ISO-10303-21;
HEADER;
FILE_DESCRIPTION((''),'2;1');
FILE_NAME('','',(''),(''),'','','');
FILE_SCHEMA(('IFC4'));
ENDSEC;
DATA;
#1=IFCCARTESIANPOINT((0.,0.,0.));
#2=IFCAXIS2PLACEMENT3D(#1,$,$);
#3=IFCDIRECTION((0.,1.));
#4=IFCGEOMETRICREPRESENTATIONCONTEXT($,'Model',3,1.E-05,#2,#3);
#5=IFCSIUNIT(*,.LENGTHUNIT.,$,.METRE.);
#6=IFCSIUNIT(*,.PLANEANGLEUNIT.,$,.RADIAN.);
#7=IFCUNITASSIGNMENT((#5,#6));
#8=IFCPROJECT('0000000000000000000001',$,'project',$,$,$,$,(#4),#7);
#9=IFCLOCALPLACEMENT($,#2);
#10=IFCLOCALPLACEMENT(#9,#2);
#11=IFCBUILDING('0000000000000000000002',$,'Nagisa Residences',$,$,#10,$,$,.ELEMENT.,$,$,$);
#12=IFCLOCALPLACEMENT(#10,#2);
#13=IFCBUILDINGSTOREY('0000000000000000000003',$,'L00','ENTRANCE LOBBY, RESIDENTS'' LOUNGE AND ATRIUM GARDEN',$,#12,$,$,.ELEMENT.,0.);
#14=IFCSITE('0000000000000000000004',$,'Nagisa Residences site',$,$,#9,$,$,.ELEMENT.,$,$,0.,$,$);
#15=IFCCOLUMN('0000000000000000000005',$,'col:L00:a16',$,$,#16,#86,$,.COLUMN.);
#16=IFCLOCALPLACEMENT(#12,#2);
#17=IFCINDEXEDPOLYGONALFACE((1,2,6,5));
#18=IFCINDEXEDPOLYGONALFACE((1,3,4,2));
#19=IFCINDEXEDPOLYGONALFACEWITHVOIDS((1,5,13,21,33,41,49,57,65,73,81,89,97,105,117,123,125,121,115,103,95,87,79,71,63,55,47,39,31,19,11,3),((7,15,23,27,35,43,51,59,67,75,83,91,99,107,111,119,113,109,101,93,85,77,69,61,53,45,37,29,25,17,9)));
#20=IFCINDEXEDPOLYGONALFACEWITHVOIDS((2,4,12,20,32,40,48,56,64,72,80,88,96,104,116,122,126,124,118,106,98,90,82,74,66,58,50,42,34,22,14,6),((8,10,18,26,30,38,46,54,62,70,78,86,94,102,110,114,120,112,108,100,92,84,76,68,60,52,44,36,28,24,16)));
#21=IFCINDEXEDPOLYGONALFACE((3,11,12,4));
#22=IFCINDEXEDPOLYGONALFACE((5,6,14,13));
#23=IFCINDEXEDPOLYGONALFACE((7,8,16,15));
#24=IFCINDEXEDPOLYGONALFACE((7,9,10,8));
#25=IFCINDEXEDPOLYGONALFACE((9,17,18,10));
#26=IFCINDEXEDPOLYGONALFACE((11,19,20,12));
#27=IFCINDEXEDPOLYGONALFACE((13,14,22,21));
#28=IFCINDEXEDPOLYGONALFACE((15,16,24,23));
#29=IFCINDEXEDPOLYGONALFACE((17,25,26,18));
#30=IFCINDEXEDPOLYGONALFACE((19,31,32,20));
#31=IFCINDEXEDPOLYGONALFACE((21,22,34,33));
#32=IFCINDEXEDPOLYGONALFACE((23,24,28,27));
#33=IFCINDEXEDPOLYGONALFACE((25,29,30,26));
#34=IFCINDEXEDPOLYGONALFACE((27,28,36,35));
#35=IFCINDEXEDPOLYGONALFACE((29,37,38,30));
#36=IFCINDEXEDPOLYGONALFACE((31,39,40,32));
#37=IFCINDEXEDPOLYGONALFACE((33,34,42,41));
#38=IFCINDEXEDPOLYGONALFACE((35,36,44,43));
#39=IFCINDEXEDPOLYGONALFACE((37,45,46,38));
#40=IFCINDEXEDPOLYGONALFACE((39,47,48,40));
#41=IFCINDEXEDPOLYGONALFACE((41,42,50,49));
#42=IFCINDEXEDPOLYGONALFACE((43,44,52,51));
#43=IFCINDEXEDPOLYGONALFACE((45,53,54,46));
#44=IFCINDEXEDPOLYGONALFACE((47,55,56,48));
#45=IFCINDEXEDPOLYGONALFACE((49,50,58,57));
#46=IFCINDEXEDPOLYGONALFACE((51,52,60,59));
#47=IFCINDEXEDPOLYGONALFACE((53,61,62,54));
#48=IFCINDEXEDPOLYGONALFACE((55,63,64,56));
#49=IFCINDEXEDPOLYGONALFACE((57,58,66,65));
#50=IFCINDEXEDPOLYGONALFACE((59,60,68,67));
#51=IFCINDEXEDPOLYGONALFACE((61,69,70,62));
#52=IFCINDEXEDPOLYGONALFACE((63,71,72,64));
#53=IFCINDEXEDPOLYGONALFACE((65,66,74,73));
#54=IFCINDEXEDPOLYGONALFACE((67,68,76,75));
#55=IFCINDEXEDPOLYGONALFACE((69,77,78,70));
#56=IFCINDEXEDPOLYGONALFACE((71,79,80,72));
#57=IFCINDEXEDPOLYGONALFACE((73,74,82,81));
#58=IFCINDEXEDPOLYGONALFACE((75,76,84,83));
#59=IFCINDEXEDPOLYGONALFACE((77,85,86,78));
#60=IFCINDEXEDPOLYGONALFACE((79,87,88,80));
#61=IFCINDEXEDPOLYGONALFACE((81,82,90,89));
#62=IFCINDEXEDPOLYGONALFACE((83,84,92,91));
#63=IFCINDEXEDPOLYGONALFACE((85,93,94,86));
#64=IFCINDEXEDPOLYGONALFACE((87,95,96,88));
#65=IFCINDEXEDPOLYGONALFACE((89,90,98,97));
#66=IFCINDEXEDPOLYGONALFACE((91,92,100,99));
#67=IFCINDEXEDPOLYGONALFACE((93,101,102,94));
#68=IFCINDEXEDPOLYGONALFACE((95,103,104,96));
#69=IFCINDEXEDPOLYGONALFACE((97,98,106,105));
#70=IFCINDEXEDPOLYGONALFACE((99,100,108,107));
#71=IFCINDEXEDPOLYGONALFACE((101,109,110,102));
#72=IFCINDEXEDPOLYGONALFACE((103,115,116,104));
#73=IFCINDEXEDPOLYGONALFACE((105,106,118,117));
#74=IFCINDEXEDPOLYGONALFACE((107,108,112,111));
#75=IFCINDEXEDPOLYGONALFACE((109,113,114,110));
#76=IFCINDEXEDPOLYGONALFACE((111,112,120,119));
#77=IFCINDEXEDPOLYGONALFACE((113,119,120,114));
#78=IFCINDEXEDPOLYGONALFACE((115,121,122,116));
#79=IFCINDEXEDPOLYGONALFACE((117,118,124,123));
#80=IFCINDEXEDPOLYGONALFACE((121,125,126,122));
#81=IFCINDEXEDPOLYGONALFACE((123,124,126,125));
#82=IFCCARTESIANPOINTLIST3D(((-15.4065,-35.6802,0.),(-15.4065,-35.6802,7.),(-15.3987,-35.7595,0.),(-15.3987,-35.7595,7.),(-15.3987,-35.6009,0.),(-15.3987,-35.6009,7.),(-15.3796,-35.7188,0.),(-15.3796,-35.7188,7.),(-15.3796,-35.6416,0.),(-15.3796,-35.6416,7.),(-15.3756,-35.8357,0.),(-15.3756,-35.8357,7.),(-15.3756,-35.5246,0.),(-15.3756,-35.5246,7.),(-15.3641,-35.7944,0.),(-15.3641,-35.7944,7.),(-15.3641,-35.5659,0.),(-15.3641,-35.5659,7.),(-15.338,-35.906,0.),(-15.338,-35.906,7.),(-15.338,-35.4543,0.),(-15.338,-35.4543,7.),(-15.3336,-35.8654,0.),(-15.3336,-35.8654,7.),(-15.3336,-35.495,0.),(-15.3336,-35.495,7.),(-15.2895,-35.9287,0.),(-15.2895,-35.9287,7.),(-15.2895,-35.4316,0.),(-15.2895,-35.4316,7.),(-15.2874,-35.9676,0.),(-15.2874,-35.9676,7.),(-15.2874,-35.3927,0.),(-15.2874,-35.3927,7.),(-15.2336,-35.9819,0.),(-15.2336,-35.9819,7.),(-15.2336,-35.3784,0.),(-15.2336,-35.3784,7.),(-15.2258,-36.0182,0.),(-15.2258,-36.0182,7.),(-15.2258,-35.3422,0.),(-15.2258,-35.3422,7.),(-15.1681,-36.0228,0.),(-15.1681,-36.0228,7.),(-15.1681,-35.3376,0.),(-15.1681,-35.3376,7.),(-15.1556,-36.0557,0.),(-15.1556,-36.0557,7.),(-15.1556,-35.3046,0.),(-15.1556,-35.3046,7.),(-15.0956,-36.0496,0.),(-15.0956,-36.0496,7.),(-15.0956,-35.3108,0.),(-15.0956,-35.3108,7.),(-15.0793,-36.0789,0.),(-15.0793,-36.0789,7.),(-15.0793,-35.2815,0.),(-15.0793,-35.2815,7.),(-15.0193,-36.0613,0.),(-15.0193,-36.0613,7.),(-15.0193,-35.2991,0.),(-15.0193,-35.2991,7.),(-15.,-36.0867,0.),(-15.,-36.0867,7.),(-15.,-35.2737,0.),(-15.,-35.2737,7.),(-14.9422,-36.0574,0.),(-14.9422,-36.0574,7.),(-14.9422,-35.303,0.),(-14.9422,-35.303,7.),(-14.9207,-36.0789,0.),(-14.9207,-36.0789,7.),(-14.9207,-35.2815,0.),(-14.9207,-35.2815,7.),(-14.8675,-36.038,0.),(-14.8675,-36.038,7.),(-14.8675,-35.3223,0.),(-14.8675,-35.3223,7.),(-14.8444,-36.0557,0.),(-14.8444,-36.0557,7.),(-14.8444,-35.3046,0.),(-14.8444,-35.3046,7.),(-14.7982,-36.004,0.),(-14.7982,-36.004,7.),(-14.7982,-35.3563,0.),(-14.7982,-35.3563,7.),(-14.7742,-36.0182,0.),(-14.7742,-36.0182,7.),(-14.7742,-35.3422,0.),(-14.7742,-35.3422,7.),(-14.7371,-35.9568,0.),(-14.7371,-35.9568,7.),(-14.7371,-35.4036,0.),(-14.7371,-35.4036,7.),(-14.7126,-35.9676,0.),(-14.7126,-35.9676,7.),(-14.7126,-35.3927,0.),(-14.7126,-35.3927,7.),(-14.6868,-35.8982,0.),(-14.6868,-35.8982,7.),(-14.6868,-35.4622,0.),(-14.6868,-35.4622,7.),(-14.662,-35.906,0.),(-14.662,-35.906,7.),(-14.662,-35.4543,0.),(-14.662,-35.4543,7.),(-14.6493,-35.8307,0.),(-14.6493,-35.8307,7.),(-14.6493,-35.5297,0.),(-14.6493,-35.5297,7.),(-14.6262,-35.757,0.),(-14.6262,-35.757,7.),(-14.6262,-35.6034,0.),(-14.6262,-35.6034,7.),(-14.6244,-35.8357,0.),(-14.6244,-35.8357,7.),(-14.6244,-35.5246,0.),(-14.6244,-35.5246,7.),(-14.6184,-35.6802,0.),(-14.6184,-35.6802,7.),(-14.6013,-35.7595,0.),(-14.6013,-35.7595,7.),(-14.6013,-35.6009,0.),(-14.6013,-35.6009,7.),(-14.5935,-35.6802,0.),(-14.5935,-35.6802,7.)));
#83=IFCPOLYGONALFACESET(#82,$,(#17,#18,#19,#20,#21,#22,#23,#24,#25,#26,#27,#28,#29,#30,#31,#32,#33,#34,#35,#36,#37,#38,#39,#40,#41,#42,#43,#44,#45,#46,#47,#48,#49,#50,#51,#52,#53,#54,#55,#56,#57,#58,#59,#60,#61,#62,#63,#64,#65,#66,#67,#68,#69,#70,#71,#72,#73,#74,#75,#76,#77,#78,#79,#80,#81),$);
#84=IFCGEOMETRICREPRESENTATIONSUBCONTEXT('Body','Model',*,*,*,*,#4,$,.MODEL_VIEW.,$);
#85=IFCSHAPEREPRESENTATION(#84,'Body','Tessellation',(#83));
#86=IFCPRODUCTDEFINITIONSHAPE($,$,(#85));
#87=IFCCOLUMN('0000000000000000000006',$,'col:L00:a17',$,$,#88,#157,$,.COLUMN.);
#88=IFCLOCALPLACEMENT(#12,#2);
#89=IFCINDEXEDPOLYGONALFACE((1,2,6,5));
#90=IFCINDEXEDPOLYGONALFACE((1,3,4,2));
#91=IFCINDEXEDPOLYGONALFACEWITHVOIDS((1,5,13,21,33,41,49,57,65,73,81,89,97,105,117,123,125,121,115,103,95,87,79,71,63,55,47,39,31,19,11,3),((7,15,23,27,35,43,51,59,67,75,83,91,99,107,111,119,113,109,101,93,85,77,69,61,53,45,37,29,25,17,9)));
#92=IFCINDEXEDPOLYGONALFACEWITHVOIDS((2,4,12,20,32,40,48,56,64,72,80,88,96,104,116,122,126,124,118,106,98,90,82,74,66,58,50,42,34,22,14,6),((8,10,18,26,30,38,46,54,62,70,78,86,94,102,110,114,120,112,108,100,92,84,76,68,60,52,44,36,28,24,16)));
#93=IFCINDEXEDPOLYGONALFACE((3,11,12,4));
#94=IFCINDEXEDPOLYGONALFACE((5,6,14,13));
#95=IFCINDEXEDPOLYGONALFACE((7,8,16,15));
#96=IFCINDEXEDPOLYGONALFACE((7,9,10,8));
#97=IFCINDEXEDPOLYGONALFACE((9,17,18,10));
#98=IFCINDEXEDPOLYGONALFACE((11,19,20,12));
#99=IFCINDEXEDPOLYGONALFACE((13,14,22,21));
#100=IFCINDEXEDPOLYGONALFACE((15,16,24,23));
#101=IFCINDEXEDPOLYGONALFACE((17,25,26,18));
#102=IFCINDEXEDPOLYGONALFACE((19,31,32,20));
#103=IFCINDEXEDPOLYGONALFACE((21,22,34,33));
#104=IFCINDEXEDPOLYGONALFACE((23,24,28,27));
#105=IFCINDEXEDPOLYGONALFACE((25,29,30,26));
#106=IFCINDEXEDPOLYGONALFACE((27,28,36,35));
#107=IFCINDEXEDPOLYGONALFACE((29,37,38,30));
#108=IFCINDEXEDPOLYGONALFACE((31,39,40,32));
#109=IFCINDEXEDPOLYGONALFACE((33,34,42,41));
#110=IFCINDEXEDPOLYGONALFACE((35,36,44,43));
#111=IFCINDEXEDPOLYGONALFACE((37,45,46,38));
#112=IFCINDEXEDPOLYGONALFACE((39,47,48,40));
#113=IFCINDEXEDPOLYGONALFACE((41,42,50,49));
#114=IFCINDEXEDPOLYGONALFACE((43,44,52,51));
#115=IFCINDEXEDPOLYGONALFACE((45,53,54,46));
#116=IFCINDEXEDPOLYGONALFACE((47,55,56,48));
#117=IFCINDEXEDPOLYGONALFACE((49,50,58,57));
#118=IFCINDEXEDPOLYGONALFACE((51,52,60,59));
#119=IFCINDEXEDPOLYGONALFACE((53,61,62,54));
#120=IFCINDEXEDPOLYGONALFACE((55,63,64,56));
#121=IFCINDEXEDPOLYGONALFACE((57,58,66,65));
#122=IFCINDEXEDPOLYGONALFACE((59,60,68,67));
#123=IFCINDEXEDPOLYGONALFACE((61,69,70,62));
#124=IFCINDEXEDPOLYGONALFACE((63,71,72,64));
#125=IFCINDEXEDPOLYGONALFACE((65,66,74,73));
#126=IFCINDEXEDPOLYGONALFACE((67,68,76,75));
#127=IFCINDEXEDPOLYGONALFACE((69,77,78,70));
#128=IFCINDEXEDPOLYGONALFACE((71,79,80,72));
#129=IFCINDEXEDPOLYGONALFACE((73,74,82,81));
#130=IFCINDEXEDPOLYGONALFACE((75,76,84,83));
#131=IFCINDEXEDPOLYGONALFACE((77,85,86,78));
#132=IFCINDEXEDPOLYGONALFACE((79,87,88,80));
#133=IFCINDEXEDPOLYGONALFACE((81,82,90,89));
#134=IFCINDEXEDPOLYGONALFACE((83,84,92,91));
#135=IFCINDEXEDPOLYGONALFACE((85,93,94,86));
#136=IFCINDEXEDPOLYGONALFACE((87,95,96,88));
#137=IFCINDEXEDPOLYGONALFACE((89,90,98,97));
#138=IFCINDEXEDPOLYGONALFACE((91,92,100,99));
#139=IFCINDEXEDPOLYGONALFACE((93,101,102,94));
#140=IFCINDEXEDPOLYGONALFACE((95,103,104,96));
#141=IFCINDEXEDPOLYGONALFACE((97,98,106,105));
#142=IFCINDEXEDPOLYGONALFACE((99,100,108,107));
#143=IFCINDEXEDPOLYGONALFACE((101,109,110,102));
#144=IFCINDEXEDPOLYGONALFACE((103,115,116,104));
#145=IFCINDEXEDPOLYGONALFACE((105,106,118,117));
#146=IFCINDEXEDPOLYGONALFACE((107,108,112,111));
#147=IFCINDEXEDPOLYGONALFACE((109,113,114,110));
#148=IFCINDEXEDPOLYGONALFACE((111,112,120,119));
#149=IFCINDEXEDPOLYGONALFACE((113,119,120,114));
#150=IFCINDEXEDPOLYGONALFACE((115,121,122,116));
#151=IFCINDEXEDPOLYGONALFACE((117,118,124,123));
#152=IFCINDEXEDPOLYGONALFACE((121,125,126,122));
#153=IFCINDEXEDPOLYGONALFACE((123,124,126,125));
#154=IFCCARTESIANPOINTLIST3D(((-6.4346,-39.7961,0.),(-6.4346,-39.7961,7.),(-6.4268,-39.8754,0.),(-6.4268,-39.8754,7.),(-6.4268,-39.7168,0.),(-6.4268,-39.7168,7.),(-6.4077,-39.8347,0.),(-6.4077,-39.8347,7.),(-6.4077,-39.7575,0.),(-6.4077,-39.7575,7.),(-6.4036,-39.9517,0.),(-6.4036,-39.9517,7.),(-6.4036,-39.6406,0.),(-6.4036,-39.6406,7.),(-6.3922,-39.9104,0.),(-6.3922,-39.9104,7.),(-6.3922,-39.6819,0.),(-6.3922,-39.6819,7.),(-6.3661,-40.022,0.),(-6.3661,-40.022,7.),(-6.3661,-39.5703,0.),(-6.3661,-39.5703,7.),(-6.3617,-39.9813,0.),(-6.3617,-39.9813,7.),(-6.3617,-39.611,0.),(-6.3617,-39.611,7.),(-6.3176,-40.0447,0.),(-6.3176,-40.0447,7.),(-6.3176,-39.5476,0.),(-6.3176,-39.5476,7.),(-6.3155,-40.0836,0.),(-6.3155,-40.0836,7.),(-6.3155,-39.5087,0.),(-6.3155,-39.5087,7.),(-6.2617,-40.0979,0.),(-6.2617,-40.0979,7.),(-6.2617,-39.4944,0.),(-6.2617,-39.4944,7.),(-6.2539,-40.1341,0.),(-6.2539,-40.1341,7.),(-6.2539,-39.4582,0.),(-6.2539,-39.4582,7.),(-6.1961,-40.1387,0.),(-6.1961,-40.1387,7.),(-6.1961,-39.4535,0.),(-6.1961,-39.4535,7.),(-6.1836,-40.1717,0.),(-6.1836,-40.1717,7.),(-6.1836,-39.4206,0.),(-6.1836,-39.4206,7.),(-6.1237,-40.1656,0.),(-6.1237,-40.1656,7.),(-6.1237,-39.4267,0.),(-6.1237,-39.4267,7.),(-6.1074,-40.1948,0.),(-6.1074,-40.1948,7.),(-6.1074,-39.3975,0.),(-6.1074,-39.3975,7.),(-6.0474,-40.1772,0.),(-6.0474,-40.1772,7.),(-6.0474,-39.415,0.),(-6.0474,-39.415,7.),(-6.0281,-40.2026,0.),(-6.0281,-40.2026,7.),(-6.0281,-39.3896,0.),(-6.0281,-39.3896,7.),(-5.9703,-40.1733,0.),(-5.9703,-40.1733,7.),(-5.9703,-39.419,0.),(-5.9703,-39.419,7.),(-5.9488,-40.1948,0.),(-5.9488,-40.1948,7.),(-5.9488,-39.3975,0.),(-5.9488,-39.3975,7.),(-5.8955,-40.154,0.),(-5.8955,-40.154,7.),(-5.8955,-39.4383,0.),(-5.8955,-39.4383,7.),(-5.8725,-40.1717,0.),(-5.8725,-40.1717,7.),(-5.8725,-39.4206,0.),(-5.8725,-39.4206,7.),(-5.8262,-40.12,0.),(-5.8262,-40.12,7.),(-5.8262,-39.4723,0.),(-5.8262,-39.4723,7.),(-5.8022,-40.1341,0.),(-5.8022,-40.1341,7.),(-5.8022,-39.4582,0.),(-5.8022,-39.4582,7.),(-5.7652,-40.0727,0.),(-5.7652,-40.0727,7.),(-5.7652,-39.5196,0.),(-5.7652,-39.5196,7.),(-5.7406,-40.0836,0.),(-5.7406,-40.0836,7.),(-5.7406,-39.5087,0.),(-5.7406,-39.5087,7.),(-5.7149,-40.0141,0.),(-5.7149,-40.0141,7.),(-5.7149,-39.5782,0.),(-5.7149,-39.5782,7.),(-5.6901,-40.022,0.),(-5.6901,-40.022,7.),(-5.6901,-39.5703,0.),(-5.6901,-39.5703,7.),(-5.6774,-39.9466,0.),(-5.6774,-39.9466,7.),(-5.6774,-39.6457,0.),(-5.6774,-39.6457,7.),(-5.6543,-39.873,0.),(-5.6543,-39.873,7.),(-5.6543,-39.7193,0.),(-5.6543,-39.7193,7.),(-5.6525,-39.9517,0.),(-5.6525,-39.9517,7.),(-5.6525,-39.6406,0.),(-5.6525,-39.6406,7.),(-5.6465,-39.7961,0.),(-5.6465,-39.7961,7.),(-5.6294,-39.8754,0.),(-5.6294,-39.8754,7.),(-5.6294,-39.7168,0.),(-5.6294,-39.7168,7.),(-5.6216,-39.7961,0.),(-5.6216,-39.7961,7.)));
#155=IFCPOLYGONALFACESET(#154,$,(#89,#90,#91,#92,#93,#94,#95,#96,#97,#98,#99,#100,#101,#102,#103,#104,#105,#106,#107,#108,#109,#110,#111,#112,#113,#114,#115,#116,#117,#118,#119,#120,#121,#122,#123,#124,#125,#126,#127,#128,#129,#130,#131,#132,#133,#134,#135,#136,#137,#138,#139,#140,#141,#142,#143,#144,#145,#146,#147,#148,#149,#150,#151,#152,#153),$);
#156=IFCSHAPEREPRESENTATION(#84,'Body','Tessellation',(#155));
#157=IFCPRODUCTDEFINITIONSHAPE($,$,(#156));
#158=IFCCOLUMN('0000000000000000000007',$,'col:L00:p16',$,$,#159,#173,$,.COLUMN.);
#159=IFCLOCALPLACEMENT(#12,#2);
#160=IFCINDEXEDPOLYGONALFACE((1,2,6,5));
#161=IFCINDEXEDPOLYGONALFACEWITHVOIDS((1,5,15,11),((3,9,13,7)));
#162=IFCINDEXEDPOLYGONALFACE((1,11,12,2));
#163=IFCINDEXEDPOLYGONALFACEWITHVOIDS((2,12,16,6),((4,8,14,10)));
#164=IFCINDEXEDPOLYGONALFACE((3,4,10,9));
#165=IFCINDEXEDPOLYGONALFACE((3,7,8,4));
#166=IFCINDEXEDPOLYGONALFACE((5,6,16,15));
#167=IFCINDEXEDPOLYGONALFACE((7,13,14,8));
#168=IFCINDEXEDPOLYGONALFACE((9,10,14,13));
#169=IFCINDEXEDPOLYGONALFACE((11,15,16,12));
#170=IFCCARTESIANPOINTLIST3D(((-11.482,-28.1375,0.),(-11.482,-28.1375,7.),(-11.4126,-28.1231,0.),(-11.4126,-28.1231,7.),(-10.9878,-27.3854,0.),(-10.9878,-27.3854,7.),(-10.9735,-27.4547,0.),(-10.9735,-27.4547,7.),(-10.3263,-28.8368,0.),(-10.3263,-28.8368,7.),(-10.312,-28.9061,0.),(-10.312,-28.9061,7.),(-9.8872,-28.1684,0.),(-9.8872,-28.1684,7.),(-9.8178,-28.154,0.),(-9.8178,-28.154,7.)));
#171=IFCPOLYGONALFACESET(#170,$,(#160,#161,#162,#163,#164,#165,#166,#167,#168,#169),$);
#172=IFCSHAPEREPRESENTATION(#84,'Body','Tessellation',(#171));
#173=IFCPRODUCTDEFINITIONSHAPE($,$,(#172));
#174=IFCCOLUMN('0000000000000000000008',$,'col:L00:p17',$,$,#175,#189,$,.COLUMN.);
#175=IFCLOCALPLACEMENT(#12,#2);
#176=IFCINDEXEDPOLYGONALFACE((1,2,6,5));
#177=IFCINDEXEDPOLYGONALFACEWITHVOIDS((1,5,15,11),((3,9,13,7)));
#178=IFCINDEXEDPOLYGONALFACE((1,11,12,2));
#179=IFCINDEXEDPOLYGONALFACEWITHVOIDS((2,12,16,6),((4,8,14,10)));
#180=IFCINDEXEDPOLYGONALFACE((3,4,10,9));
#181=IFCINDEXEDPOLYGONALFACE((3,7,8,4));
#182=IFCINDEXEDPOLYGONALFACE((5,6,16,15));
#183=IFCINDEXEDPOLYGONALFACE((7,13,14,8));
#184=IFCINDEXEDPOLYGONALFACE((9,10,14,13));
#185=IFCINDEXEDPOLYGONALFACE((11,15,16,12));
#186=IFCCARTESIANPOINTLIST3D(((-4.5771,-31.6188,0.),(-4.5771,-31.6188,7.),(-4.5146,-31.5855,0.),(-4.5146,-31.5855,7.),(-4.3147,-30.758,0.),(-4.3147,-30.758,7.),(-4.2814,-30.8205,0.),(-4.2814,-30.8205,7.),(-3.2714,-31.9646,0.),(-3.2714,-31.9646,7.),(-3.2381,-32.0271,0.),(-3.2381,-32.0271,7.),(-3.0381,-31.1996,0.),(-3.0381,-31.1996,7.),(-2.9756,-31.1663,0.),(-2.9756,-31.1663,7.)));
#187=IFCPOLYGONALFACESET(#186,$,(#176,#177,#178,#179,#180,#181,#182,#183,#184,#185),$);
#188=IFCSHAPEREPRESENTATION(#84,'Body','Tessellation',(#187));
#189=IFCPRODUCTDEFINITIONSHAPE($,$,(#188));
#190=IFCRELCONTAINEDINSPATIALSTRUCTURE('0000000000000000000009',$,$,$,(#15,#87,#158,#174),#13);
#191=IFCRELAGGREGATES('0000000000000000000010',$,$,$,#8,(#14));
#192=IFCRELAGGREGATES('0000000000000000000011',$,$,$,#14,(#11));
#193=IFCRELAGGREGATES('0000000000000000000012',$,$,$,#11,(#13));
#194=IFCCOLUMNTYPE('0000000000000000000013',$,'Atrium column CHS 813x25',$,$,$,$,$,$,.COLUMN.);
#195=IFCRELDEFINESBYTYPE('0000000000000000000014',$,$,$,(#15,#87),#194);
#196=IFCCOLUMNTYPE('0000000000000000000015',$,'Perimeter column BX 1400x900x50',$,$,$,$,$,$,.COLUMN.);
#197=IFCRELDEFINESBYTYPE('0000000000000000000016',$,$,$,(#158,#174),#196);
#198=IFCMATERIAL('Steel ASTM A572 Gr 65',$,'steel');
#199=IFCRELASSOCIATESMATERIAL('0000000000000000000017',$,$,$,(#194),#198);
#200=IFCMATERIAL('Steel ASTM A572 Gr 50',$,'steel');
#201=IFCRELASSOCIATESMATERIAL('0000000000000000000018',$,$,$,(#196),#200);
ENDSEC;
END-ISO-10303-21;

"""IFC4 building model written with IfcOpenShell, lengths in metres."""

from ifc_helpers import new_model, si_unit, direction, frame, origin, origin_2d, place, context, subcontext, project, spatial, hollow_rectangle, hollow_circle, extrude, material, material_profile, profile_set, type_object, element, save


model = new_model("IFC4")

# Units and contexts
model_context = context("Model", 3, precision=1e-05, world=origin(), true_north=direction((0.0, 1.0)))
body_context = subcontext(model_context, "Body", "Model", "MODEL_VIEW")
ifc_project = project(units=[si_unit("LENGTHUNIT", "METRE"), si_unit("PLANEANGLEUNIT", "RADIAN")], contexts=[model_context])

# Site, building, storey
site_placement = place(None, origin())
site = spatial("IfcSite", under=ifc_project, at=site_placement, Name="Nagisa Residences site", CompositionType="ELEMENT", RefElevation=0.0)
building_placement = place(site_placement, origin())
building = spatial("IfcBuilding", under=site, at=building_placement, Name="Nagisa Residences", CompositionType="ELEMENT")
storey_placement = place(building_placement, origin())
storey = spatial("IfcBuildingStorey", under=building, at=storey_placement, Name="L00", Description="ENTRANCE LOBBY, RESIDENTS' LOUNGE AND ATRIUM GARDEN", CompositionType="ELEMENT", Elevation=0.0)

# Columns
ifc_material_1 = material(Name="Steel ASTM A572 Gr 65", Category="steel")
ifc_material_profile_1 = material_profile(ifc_material_1, hollow_circle(Radius=0.4065, WallThickness=0.0249, at=origin_2d()), Name="CHS 813x25")
ifc_profile_set_1 = profile_set([ifc_material_profile_1], Name="Steel ASTM A572 Gr 65")
column_type_1 = type_object("IfcColumnType", Name="Atrium column CHS 813x25", PredefinedType="COLUMN", material=ifc_profile_set_1)
for number, where, z_axis, x_axis, name in (
    (1, (-15.0, -35.6802, 0.0), (0.0, 0.0, 1.0), (1.0, 0.0, 0.0), "col:L00:a16"),
    (2, (-6.0281, -39.7961, 0.0), (0.0, 0.0, 1.0), (1.0, 0.0, 0.0), "col:L00:a17"),
):
    element("IfcColumn", number, at=place(storey_placement, frame(where, z_axis=z_axis, x_axis=x_axis)), inside=storey, type_object=column_type_1, Name=name, PredefinedType="COLUMN", context=body_context, shape_type="SweptSolid", body=[
        extrude(hollow_circle(Radius=0.4065, WallThickness=0.0249, at=origin_2d()), origin(), (0.0, 0.0, 1.0), 7.0),
    ])
ifc_material_2 = material(Name="Steel ASTM A572 Gr 50", Category="steel")
ifc_material_profile_2 = material_profile(ifc_material_2, hollow_rectangle(XDim=1.3999, YDim=0.8999, WallThickness=0.05, at=origin_2d()), Name="BX 1400x900x50")
ifc_profile_set_2 = profile_set([ifc_material_profile_2], Name="Steel ASTM A572 Gr 50")
column_type_2 = type_object("IfcColumnType", Name="Perimeter column BX 1400x900x50", PredefinedType="COLUMN", material=ifc_profile_set_2)
for number, where, z_axis, x_axis, name in (
    (3, (-10.6499, -28.1458, 0.0), (0.0, 0.0, 1.0), (0.835766, -0.549086, 0.0), "col:L00:p16"),
    (4, (-3.7764, -31.3926, 0.0), (0.0, 0.0, 1.0), (0.956525, -0.291652, 0.0), "col:L00:p17"),
):
    element("IfcColumn", number, at=place(storey_placement, frame(where, z_axis=z_axis, x_axis=x_axis)), inside=storey, type_object=column_type_2, Name=name, PredefinedType="COLUMN", context=body_context, shape_type="SweptSolid", body=[
        extrude(hollow_rectangle(XDim=1.3999, YDim=0.8999, WallThickness=0.05, at=origin_2d()), origin(), (0.0, 0.0, 1.0), 7.0),
    ])

save(model, "model.ifc")
